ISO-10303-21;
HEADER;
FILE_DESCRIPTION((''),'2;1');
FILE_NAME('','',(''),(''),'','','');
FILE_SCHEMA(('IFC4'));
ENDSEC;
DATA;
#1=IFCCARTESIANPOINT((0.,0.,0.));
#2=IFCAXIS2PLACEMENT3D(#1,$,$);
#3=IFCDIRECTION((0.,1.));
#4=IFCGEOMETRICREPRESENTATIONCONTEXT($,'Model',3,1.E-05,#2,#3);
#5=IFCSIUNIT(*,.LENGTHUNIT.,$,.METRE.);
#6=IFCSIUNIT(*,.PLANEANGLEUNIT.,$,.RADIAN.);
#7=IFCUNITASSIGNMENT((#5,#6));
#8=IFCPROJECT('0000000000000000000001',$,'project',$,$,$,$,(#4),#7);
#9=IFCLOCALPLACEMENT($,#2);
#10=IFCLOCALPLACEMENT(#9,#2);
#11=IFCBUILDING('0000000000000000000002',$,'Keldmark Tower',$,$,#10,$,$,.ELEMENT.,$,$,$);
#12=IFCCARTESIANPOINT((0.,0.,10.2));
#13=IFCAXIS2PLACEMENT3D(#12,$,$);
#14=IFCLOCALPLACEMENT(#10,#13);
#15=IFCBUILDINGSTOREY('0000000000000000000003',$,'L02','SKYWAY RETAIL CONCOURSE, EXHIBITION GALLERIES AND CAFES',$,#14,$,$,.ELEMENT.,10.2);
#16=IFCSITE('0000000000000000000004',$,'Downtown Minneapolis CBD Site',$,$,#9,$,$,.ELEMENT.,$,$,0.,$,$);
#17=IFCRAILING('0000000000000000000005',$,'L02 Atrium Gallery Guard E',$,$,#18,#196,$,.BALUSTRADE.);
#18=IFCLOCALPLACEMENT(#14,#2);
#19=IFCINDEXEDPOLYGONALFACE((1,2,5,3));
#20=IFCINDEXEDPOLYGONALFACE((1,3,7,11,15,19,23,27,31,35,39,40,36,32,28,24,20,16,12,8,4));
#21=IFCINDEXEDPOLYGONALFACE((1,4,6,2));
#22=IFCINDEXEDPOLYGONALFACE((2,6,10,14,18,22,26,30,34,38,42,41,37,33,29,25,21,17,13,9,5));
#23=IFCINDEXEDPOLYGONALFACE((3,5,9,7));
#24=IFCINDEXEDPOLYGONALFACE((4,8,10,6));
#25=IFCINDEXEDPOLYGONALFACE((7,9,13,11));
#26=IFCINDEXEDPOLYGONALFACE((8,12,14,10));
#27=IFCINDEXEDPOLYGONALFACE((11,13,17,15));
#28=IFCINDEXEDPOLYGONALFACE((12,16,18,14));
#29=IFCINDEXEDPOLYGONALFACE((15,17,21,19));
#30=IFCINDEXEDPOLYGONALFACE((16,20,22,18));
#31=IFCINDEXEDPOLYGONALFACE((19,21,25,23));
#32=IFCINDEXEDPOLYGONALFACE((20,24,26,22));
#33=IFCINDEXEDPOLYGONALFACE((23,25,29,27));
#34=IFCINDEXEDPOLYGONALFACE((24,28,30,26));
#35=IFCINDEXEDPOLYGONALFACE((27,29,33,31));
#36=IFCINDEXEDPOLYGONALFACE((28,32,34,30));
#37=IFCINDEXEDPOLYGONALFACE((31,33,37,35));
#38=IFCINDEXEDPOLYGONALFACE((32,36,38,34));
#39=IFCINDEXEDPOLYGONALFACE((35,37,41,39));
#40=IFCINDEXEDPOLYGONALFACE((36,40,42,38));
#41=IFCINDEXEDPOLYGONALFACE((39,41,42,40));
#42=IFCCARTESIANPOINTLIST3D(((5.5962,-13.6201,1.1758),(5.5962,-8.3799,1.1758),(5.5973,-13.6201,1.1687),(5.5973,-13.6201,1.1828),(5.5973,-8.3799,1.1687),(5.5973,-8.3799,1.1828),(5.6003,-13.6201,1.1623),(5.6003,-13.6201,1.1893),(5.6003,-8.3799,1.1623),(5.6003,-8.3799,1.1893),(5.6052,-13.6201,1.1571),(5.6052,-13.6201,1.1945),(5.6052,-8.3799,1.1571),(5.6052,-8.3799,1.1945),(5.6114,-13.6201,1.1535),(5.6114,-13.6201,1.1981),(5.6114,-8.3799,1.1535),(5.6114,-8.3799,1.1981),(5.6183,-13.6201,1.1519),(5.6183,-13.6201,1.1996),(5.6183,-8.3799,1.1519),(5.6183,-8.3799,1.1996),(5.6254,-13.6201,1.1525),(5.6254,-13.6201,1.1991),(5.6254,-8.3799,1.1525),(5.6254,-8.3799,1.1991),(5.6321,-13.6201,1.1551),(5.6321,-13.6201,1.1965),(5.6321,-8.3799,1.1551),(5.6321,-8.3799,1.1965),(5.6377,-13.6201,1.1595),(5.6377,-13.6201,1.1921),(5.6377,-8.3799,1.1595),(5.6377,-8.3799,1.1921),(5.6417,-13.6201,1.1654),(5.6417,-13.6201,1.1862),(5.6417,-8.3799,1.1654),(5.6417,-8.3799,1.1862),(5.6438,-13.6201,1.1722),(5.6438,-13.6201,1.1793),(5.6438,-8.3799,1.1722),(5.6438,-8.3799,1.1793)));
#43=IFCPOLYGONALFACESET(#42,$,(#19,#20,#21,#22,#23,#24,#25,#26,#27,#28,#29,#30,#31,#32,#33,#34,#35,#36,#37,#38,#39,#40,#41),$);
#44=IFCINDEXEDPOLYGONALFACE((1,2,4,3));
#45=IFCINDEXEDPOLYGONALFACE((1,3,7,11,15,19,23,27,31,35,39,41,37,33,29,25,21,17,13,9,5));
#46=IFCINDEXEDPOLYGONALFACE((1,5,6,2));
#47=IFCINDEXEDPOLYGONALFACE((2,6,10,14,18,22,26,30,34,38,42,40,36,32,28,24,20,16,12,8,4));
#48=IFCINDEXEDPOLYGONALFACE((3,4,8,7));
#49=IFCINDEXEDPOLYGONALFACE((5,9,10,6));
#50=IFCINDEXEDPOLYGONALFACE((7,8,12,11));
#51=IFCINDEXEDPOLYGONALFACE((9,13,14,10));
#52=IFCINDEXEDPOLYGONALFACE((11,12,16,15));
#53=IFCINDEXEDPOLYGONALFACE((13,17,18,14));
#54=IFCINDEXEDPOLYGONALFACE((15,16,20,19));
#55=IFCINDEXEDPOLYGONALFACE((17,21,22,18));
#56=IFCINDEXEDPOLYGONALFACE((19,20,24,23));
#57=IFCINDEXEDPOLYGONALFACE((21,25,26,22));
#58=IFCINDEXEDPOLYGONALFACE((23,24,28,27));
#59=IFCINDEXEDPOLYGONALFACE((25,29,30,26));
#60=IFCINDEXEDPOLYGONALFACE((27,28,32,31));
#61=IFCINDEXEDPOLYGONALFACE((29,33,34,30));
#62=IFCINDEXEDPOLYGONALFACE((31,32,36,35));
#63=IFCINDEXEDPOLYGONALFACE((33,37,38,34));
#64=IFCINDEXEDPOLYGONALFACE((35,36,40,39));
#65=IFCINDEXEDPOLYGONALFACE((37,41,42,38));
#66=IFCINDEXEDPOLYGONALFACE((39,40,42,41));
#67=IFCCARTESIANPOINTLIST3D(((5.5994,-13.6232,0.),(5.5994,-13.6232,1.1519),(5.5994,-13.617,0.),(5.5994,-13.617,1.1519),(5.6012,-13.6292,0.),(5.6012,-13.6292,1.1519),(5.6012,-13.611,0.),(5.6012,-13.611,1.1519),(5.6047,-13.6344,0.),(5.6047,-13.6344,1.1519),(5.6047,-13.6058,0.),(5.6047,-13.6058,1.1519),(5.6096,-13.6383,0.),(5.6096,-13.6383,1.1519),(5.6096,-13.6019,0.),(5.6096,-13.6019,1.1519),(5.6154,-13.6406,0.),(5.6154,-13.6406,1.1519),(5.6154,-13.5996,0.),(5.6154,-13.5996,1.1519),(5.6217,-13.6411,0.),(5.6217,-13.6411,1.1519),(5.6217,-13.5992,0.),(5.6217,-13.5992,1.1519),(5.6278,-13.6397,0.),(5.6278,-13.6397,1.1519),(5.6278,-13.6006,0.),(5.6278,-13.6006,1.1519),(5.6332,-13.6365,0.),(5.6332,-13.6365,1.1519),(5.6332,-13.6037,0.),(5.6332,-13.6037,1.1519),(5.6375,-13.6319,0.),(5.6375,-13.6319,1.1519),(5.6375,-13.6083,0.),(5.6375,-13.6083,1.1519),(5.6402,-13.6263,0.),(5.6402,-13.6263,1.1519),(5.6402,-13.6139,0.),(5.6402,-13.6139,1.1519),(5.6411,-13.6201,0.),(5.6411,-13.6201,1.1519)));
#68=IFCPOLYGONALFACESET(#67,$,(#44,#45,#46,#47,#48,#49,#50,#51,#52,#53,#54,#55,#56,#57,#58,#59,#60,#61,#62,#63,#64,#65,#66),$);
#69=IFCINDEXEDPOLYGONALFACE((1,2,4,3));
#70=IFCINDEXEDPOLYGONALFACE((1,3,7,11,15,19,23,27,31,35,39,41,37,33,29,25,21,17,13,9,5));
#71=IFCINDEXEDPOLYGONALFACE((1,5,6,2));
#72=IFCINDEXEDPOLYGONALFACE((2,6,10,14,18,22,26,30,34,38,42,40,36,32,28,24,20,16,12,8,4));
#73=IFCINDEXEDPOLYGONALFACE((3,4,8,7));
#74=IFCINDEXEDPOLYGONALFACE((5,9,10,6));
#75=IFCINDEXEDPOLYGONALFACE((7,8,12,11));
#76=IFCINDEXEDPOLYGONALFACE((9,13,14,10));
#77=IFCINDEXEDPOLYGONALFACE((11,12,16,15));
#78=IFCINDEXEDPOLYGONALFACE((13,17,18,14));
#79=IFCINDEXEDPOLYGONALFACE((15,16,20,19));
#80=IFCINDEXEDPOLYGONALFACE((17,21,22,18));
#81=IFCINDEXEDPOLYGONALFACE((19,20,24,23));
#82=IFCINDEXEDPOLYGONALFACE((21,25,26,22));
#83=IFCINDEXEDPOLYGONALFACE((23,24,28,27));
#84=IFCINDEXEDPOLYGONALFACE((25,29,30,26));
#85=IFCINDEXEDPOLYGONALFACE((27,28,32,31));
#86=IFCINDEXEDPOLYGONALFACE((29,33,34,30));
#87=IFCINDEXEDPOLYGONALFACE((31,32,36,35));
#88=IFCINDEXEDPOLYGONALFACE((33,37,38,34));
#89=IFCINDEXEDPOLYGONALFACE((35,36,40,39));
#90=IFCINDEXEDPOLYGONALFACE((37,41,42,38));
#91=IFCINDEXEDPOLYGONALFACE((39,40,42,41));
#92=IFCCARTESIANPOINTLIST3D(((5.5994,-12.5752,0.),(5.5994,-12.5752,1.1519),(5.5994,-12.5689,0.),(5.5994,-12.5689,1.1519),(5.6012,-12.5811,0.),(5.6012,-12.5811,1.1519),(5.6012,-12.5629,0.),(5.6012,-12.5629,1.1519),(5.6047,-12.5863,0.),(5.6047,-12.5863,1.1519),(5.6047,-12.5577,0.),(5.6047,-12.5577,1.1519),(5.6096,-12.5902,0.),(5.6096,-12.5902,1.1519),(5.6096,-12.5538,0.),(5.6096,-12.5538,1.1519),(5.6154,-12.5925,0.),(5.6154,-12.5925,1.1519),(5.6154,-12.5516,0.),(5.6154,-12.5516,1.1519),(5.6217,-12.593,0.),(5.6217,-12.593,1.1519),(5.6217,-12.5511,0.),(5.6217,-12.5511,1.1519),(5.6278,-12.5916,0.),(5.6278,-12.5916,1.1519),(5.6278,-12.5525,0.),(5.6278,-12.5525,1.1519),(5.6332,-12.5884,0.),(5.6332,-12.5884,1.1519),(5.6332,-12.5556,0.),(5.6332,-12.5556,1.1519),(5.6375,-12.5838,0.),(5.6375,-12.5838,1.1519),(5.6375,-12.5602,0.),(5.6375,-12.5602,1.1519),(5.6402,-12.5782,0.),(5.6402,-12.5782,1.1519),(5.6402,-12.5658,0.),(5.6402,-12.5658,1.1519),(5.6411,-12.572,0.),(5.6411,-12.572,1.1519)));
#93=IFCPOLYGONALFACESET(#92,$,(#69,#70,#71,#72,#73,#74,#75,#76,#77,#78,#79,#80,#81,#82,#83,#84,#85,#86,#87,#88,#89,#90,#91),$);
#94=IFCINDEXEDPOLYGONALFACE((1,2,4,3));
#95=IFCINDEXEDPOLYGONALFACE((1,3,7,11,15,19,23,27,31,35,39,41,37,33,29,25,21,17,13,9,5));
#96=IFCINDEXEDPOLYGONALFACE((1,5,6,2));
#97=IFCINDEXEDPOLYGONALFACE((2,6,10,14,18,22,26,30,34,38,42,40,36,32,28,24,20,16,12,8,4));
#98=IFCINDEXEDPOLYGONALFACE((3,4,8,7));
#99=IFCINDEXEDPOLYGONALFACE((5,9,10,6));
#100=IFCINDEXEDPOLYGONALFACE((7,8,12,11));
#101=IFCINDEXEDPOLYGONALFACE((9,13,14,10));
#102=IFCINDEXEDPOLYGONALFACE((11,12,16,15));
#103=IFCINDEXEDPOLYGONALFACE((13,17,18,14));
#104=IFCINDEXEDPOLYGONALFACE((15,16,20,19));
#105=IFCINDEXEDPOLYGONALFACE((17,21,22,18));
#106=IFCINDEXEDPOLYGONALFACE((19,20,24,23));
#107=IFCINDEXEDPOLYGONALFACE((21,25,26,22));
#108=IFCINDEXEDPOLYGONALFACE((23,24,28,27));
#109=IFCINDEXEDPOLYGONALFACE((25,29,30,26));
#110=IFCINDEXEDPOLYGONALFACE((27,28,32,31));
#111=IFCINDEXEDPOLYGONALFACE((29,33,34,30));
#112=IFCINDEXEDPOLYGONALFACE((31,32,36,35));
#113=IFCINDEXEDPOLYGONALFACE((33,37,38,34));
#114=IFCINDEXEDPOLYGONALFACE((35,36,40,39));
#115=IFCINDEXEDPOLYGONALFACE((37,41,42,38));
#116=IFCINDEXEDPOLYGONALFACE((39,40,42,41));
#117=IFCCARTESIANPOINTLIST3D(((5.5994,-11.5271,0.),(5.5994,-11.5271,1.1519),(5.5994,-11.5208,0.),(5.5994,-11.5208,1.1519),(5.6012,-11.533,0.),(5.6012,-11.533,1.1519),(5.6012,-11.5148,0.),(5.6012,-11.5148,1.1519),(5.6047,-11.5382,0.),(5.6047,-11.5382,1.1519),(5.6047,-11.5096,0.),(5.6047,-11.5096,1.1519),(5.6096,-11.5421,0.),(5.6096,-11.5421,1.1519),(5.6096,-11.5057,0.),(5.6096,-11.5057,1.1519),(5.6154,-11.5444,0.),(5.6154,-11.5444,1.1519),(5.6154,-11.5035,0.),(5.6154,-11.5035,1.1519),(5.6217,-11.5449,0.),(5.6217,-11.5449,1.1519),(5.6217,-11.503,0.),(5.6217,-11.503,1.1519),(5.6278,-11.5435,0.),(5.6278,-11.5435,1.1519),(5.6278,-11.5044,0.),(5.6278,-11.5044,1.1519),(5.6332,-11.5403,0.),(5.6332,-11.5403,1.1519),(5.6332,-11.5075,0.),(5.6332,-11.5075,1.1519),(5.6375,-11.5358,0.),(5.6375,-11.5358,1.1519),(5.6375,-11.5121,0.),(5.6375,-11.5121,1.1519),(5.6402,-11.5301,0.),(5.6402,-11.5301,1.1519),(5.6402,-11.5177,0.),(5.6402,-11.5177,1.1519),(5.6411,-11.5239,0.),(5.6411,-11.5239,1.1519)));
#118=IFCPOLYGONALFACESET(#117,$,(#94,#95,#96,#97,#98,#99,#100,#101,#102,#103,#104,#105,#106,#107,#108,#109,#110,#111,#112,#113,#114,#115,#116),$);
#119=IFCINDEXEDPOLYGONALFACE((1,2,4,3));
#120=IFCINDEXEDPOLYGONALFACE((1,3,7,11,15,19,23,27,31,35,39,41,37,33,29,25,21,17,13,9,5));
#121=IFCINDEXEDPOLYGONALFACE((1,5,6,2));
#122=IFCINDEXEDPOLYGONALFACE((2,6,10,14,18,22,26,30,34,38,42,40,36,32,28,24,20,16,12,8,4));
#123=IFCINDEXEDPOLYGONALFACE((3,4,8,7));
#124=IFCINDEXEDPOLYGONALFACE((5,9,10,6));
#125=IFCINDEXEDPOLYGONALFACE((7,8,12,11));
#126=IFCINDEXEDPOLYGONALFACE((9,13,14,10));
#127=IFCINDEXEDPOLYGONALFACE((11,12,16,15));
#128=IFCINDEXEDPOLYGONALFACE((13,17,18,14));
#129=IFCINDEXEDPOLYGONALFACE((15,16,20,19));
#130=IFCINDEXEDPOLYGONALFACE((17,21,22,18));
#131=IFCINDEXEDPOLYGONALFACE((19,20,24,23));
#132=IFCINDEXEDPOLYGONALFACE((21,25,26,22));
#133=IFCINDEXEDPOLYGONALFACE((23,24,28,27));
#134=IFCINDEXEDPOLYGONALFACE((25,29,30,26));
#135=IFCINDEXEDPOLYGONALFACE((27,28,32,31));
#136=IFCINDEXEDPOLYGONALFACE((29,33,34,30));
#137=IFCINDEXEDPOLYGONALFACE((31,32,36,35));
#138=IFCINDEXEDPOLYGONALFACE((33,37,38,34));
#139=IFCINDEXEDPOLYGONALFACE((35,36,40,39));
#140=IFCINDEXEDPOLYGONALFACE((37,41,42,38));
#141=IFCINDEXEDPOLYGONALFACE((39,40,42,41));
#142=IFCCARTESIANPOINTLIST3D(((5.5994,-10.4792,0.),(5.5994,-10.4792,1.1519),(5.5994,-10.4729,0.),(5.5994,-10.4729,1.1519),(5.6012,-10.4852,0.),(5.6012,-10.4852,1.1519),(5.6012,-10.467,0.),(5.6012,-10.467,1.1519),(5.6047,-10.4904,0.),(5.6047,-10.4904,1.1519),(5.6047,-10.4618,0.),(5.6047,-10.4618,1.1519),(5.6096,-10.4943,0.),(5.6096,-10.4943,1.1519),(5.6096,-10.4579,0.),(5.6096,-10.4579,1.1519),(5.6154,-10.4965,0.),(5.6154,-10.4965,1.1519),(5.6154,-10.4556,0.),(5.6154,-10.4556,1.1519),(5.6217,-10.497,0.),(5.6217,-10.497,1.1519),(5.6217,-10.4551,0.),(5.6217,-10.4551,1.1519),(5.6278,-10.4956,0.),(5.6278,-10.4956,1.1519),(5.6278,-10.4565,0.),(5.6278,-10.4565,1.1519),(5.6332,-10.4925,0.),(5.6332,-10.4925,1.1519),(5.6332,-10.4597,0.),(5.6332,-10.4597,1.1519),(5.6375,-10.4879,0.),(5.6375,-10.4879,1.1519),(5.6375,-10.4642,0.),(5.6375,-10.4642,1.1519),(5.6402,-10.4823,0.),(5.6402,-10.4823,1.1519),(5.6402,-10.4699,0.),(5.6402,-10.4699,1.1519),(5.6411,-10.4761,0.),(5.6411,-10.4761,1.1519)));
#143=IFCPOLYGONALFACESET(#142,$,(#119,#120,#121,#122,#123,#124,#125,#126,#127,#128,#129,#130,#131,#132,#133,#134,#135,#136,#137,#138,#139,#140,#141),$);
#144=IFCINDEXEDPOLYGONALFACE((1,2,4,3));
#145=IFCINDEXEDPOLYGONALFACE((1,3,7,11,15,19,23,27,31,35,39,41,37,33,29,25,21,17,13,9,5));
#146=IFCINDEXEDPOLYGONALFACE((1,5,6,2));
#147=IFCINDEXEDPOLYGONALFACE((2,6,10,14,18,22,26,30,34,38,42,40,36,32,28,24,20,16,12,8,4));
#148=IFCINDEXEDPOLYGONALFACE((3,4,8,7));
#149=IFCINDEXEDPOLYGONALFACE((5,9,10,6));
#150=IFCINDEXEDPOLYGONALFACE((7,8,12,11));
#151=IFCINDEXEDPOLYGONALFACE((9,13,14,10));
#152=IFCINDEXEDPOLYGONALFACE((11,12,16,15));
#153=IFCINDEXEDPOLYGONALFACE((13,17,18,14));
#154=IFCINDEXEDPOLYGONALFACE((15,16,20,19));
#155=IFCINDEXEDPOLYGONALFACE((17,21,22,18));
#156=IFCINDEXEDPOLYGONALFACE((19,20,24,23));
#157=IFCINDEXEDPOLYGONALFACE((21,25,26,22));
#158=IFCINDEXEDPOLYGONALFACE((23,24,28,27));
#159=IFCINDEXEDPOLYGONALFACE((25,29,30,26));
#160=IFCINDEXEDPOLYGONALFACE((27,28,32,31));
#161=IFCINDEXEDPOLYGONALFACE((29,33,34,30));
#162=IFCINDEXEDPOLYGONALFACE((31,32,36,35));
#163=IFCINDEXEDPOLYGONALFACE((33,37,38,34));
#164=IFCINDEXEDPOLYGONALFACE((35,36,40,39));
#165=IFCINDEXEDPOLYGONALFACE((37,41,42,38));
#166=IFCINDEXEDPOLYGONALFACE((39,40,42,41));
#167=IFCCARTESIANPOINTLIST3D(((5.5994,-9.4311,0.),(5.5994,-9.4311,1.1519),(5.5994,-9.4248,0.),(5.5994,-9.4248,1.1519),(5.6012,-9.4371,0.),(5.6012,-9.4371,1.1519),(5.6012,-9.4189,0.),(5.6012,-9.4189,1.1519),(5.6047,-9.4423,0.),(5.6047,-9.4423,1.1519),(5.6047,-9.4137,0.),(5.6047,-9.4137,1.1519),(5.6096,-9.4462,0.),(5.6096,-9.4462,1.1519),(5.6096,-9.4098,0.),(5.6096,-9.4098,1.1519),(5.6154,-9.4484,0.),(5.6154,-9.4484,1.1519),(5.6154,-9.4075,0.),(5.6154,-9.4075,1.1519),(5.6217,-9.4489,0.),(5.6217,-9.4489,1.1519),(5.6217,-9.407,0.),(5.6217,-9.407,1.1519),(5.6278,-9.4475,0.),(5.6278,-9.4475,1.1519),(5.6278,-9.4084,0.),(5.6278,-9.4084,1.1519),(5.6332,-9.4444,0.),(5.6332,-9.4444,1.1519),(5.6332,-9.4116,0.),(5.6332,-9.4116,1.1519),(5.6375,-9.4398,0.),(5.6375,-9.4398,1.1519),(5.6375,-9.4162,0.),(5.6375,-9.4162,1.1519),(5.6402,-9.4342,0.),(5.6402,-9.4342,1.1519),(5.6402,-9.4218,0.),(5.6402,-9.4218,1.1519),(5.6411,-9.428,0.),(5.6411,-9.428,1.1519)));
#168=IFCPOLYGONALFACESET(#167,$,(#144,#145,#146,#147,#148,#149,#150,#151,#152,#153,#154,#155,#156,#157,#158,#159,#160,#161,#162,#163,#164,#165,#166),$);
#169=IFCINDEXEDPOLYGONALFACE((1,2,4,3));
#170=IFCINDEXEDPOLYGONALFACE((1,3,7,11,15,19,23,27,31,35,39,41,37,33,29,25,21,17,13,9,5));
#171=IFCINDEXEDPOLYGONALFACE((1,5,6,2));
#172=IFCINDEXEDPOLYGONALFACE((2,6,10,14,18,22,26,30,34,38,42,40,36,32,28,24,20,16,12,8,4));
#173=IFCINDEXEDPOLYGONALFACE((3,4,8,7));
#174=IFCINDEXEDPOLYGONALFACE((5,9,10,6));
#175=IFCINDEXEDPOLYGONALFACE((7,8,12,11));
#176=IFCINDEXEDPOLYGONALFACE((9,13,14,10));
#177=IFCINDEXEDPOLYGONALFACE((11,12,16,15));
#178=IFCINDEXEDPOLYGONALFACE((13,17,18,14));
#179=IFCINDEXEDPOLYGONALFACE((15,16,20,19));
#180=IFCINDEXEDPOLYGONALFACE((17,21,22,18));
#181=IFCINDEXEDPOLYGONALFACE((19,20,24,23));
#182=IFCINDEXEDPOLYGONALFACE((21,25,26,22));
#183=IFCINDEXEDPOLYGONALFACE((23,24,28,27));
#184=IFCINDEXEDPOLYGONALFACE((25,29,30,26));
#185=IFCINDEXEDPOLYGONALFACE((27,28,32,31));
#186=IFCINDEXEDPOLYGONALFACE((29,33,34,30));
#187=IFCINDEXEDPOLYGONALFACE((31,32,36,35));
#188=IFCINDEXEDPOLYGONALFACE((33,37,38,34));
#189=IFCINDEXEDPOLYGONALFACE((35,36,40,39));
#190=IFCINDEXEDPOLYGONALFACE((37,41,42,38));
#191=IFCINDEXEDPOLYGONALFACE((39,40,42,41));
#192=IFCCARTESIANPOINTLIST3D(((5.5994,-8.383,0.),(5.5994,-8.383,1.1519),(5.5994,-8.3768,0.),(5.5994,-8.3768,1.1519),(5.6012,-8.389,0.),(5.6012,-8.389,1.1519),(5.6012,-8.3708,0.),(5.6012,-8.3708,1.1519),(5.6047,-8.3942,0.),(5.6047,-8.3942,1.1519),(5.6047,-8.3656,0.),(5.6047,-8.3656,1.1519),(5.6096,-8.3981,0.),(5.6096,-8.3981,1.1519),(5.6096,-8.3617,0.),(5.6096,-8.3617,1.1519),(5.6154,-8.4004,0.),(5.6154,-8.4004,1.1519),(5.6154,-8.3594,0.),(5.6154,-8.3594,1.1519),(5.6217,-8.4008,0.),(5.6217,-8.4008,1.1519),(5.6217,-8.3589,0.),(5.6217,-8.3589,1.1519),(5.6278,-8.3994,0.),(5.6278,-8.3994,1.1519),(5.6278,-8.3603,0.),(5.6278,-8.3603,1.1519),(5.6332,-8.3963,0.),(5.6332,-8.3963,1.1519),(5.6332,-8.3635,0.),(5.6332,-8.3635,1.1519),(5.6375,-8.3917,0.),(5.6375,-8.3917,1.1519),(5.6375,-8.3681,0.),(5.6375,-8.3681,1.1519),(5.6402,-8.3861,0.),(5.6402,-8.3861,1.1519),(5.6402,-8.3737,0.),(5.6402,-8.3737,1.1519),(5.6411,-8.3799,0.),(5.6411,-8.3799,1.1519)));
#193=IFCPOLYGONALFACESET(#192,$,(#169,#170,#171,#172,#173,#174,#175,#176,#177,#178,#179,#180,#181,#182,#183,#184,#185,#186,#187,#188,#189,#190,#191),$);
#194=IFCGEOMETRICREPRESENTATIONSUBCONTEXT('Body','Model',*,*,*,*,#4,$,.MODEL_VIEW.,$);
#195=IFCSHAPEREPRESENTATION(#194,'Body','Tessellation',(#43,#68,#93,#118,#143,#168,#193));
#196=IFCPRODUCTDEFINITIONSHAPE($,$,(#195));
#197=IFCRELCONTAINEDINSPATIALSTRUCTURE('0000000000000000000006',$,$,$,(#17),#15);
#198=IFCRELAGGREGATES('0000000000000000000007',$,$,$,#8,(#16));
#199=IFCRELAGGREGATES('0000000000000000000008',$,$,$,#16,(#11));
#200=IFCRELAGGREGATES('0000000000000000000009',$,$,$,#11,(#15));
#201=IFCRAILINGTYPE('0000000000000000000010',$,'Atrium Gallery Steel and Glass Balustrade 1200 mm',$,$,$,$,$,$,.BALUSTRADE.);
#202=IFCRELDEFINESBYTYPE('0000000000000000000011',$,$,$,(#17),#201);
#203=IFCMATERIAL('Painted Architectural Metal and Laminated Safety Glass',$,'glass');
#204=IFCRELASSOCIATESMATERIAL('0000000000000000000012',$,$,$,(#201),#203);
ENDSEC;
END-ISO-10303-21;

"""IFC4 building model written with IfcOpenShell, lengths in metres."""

from ifc_helpers import new_model, si_unit, direction, frame, origin, origin_2d, place, context, subcontext, project, spatial, circle, extrude, material, type_object, element, save


model = new_model("IFC4")

# Units and contexts
model_context = context("Model", 3, precision=1e-05, world=origin(), true_north=direction((0.0, 1.0)))
body_context = subcontext(model_context, "Body", "Model", "MODEL_VIEW")
ifc_project = project(units=[si_unit("LENGTHUNIT", "METRE"), si_unit("PLANEANGLEUNIT", "RADIAN")], contexts=[model_context])

# Site, building, storey
site_placement = place(None, origin())
site = spatial("IfcSite", under=ifc_project, at=site_placement, Name="Downtown Minneapolis CBD Site", CompositionType="ELEMENT", RefElevation=0.0)
building_placement = place(site_placement, origin())
building = spatial("IfcBuilding", under=site, at=building_placement, Name="Keldmark Tower", CompositionType="ELEMENT")
storey_placement = place(building_placement, frame((0.0, 0.0, 10.2)))
storey = spatial("IfcBuildingStorey", under=building, at=storey_placement, Name="L02", Description="SKYWAY RETAIL CONCOURSE, EXHIBITION GALLERIES AND CAFES", CompositionType="ELEMENT", Elevation=10.2)

# Railing
ifc_material_1 = material(Name="Painted Architectural Metal and Laminated Safety Glass", Category="glass")
railing_type = type_object("IfcRailingType", Name="Atrium Gallery Steel and Glass Balustrade 1200 mm", PredefinedType="BALUSTRADE", material=ifc_material_1)
railing_1_placement = place(storey_placement, frame((5.6201, -13.6201, 0.0)))
element("IfcRailing", 1, at=railing_1_placement, inside=storey, type_object=railing_type, Name="L02 Atrium Gallery Guard E", PredefinedType="BALUSTRADE", context=body_context, shape_type="SweptSolid", body=[
    extrude(circle(Radius=0.0239, at=origin_2d()), frame((0.0, 0.0, 1.1758), z_axis=(0.0, 1.0, 0.0), x_axis=(-1.0, 0.0, 0.0)), (0.0, 0.0, 1.0), 5.2402),
    extrude(circle(Radius=0.021, at=origin_2d()), origin(), (0.0, 0.0, 1.0), 1.1519),
    extrude(circle(Radius=0.021, at=origin_2d()), frame((0.0, 1.0481, 0.0)), (0.0, 0.0, 1.0), 1.1519),
    extrude(circle(Radius=0.021, at=origin_2d()), frame((0.0, 2.0962, 0.0)), (0.0, 0.0, 1.0), 1.1519),
    extrude(circle(Radius=0.021, at=origin_2d()), frame((0.0, 3.144, 0.0)), (0.0, 0.0, 1.0), 1.1519),
    extrude(circle(Radius=0.021, at=origin_2d()), frame((0.0, 4.1921, 0.0)), (0.0, 0.0, 1.0), 1.1519),
    extrude(circle(Radius=0.021, at=origin_2d()), frame((0.0, 5.2402, 0.0)), (0.0, 0.0, 1.0), 1.1519),
])

save(model, "model.ifc")
